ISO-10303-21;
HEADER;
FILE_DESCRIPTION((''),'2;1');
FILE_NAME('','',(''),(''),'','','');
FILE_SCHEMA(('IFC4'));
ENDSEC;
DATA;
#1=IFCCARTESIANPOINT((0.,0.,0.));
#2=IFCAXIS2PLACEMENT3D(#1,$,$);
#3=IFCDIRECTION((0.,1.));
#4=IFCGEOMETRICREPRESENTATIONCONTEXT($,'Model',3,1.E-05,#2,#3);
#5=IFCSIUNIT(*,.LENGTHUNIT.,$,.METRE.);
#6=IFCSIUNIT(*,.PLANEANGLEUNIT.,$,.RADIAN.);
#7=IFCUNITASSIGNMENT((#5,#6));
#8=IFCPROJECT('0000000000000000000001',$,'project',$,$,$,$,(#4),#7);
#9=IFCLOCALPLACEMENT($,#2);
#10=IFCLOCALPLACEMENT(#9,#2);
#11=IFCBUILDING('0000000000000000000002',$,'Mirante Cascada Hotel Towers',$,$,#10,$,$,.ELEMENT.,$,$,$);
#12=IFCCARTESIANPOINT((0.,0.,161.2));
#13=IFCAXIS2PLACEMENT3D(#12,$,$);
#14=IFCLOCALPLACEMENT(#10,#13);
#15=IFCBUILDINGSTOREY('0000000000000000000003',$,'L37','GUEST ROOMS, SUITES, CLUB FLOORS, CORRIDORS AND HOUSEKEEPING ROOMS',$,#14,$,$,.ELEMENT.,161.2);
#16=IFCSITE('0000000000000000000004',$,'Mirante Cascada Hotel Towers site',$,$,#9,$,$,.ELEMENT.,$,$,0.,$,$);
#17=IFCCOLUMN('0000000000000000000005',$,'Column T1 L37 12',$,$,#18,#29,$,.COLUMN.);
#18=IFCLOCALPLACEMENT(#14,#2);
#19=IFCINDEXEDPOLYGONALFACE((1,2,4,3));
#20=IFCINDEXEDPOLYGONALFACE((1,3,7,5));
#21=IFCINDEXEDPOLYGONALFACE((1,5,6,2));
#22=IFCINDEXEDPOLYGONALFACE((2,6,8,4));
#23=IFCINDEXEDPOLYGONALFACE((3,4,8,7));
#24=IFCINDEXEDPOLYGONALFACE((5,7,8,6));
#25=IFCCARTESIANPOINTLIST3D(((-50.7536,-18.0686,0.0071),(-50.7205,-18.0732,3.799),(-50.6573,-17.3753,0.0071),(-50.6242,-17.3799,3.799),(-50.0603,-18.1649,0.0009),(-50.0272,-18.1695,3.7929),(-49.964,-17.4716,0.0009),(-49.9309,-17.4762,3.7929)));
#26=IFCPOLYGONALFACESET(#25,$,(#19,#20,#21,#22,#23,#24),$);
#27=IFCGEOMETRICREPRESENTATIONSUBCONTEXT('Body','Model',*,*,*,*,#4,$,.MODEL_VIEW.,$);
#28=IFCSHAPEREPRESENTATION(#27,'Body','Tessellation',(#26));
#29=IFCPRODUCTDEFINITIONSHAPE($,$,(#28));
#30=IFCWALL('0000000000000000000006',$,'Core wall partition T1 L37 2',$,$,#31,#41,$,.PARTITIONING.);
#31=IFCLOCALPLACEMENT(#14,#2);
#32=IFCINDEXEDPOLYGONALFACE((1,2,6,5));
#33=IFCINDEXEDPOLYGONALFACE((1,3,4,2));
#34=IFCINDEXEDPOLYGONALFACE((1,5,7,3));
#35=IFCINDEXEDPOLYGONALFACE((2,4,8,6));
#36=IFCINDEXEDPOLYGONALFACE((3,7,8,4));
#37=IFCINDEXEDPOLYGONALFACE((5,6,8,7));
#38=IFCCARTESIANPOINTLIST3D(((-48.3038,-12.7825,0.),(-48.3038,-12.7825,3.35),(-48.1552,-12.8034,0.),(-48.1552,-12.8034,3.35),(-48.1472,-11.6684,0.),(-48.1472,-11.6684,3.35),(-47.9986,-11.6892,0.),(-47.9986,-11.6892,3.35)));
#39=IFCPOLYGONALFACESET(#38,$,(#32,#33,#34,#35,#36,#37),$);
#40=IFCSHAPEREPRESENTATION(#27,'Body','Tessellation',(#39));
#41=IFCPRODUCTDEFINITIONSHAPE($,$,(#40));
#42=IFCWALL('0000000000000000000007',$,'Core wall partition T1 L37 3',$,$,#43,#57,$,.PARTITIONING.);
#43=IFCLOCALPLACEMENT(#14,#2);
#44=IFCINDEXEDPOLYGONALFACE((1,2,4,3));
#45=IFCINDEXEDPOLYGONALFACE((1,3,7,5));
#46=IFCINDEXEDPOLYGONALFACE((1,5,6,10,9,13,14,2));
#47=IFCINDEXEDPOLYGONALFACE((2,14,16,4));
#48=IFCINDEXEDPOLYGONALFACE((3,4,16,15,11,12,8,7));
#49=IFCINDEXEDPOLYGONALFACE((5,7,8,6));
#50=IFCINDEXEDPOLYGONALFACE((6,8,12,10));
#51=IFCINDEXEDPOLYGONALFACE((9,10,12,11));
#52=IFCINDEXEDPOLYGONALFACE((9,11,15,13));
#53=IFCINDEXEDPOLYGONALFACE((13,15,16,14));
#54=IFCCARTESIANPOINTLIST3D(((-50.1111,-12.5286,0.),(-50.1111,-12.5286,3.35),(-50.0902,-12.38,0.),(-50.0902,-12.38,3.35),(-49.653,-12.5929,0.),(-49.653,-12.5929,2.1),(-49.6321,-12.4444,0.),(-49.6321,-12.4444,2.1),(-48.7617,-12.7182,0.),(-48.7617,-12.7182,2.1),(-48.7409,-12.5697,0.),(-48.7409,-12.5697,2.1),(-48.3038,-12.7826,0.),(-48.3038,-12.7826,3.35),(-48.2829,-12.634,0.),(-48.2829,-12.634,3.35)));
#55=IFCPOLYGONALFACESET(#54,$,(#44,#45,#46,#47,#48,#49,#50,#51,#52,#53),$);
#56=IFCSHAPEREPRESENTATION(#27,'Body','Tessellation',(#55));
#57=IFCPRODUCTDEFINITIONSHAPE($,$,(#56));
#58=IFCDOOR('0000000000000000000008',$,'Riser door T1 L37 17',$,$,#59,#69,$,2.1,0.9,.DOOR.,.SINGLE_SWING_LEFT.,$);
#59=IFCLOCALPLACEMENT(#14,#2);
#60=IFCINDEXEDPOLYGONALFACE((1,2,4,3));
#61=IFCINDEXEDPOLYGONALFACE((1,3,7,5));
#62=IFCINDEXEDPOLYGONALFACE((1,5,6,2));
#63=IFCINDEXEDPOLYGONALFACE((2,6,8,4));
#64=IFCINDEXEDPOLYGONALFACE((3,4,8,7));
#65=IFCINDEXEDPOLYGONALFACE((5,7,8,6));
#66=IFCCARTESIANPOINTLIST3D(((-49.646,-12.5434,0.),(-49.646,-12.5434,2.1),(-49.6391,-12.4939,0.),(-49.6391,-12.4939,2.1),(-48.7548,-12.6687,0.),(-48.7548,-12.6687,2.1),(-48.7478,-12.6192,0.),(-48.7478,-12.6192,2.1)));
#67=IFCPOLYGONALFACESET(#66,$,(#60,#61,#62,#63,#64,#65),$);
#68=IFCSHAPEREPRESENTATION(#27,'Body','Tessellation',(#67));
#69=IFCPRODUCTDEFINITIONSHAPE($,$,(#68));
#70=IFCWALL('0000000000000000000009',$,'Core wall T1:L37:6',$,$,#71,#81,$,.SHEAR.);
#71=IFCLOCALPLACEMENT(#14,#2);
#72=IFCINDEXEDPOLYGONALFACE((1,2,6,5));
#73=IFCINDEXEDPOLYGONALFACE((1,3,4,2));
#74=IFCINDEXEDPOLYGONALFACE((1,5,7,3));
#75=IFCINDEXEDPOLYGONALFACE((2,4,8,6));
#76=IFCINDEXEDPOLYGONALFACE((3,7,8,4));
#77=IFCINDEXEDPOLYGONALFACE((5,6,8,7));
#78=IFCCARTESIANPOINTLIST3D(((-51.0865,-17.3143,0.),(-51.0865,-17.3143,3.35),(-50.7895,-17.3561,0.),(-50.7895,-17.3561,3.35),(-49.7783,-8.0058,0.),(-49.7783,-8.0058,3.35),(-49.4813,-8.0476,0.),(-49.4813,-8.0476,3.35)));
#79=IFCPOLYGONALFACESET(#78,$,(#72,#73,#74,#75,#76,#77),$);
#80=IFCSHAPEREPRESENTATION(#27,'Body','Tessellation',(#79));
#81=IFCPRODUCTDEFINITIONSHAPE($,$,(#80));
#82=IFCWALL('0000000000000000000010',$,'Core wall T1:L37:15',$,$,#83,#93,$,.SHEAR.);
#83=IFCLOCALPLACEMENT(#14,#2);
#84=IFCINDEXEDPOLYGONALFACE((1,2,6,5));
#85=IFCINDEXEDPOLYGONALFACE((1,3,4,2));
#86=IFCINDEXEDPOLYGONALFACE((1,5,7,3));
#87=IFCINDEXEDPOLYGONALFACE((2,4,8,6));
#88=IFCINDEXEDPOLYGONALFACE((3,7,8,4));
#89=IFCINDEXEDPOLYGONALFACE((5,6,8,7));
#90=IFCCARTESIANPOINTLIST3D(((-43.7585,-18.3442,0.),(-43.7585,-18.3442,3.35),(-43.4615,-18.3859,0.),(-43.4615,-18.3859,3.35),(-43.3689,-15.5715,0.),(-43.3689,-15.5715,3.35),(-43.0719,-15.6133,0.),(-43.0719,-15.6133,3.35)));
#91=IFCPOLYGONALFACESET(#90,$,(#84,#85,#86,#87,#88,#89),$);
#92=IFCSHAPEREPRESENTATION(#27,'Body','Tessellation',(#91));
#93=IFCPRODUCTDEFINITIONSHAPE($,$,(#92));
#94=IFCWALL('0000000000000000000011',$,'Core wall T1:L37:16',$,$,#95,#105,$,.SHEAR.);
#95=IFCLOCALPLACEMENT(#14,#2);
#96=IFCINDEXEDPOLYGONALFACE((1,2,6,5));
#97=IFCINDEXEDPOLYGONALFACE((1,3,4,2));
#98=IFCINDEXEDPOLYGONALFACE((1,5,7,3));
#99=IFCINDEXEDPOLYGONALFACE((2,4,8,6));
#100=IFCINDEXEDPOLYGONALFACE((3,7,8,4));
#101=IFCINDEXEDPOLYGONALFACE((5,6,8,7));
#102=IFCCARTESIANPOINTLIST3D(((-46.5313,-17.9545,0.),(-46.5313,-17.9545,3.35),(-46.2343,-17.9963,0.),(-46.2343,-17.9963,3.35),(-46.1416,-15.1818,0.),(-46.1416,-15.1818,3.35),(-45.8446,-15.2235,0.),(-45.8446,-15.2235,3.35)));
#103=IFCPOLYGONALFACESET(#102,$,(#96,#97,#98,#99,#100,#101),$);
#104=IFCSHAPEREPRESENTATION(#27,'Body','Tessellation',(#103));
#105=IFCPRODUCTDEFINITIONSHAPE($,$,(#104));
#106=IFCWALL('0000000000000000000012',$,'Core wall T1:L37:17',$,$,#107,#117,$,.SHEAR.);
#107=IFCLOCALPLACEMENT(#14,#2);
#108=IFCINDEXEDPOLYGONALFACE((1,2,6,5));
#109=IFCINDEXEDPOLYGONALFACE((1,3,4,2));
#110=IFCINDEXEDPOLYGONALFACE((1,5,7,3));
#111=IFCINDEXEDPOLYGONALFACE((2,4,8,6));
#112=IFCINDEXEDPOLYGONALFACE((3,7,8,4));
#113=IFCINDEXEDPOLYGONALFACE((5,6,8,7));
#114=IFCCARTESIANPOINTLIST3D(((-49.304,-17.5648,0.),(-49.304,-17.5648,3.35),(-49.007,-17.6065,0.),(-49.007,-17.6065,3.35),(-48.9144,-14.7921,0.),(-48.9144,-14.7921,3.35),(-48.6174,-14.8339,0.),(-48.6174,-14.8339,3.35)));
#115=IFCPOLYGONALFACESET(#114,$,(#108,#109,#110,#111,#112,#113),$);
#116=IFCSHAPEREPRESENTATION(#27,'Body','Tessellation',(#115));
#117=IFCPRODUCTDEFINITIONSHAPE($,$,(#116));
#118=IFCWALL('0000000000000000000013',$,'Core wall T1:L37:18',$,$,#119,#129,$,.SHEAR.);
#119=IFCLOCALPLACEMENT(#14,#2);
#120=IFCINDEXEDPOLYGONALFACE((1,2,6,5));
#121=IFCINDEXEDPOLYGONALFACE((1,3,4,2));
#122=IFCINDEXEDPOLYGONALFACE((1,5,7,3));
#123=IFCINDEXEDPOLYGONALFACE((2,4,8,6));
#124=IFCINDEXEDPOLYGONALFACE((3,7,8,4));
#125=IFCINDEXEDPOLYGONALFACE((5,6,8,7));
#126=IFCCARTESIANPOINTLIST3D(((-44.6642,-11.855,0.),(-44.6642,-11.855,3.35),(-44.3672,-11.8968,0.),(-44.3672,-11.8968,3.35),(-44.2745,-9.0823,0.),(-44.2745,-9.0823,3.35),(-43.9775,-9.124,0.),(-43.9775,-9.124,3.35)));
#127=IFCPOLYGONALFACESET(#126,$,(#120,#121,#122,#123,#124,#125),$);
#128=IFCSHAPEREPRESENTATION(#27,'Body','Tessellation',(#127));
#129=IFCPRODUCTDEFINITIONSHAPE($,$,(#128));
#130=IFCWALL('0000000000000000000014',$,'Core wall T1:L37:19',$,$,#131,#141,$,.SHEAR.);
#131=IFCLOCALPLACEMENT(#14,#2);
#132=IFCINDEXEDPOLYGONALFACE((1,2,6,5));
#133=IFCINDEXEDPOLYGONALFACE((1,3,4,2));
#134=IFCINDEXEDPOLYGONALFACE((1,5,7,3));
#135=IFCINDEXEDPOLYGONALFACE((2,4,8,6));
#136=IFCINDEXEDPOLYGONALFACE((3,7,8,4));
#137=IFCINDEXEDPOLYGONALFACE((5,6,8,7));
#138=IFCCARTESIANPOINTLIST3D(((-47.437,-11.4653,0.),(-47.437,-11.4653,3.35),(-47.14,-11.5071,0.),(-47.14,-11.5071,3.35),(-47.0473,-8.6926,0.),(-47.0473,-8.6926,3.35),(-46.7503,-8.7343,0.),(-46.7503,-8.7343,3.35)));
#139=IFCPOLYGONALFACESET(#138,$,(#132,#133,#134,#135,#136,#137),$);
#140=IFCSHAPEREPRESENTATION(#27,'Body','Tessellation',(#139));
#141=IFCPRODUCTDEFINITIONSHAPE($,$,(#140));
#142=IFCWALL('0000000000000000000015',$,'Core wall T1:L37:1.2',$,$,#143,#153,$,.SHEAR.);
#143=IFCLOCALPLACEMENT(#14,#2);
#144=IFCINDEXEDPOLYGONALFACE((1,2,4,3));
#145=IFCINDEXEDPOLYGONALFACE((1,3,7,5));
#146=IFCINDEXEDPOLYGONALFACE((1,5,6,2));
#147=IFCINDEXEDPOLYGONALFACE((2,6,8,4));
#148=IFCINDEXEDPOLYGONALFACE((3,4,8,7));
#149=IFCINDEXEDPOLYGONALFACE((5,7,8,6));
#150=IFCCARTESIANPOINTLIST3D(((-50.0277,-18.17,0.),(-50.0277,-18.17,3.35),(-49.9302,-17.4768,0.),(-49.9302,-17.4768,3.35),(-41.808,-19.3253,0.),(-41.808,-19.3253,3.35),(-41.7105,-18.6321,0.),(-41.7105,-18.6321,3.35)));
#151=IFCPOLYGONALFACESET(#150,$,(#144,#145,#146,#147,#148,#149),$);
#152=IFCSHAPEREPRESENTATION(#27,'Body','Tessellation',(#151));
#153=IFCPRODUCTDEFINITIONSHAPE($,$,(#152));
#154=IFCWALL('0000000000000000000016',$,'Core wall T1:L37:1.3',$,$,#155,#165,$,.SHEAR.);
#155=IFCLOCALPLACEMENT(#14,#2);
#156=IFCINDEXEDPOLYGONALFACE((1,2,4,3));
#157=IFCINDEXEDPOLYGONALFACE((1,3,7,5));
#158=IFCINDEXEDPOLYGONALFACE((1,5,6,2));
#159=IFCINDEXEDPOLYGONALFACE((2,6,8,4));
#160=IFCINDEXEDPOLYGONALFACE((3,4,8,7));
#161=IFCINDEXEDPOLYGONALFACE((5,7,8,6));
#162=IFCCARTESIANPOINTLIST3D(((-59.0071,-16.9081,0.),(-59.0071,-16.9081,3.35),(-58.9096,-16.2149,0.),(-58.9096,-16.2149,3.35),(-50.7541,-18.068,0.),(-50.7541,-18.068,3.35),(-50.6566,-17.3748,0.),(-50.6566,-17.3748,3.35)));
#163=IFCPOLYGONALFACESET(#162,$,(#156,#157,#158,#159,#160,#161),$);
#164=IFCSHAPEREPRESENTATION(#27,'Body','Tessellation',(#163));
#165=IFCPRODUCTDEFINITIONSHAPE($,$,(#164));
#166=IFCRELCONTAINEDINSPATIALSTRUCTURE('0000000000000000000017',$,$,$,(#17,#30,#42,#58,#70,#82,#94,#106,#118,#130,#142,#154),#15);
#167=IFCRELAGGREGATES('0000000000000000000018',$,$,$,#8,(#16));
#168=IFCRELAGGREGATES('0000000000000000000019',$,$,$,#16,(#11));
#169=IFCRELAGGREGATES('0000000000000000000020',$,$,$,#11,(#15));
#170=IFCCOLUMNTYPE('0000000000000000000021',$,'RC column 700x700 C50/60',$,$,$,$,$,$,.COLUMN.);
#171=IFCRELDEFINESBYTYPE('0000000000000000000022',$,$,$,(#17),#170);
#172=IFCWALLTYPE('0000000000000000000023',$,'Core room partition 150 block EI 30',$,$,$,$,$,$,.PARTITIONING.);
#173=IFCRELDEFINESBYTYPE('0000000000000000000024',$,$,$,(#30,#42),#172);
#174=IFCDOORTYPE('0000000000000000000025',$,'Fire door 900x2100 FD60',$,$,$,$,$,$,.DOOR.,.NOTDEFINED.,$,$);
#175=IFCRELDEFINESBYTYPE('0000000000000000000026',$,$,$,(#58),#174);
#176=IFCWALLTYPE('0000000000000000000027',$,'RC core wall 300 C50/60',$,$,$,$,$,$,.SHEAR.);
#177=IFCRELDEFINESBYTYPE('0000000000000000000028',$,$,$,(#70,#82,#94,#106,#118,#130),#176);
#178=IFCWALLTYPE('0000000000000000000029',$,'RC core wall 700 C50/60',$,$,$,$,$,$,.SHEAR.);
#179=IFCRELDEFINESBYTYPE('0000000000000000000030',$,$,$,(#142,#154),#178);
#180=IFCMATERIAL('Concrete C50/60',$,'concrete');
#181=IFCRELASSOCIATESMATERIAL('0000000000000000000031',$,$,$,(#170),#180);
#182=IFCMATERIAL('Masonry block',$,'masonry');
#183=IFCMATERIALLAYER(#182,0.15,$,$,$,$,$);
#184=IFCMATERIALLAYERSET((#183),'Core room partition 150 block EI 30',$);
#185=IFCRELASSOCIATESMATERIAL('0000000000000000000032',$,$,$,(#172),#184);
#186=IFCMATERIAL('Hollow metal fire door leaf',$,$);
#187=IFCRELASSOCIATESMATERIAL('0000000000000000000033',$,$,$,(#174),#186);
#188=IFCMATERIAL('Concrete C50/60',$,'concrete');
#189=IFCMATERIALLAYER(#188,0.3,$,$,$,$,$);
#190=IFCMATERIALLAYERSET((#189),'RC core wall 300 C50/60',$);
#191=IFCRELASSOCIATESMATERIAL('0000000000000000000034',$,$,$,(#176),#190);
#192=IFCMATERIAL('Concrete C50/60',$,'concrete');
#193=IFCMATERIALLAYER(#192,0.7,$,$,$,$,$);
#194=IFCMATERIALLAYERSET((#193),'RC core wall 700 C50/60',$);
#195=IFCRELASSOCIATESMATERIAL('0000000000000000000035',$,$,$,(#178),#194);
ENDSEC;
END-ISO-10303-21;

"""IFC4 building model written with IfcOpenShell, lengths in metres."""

from ifc_helpers import new_model, si_unit, direction, frame, frame_2d, origin, origin_2d, place, context, subcontext, project, spatial, rectangle, extrude, material, layer, layer_set, material_profile, profile_set, type_object, element, fill, save


model = new_model("IFC4")

# Units and contexts
model_context = context("Model", 3, precision=1e-05, world=origin(), true_north=direction((0.0, 1.0)))
body_context = subcontext(model_context, "Body", "Model", "MODEL_VIEW")
ifc_project = project(units=[si_unit("LENGTHUNIT", "METRE"), si_unit("PLANEANGLEUNIT", "RADIAN")], contexts=[model_context])

# Site, building, storey
site_placement = place(None, origin())
site = spatial("IfcSite", under=ifc_project, at=site_placement, Name="Mirante Cascada Hotel Towers site", CompositionType="ELEMENT", RefElevation=0.0)
building_placement = place(site_placement, origin())
building = spatial("IfcBuilding", under=site, at=building_placement, Name="Mirante Cascada Hotel Towers", CompositionType="ELEMENT")
storey_placement = place(building_placement, frame((0.0, 0.0, 161.2)))
storey = spatial("IfcBuildingStorey", under=building, at=storey_placement, Name="L37", Description="GUEST ROOMS, SUITES, CLUB FLOORS, CORRIDORS AND HOUSEKEEPING ROOMS", CompositionType="ELEMENT", Elevation=161.2)

# Column
ifc_material_1 = material(Name="Concrete C50/60", Category="concrete")
ifc_material_profile = material_profile(ifc_material_1, rectangle(XDim=0.7, YDim=0.7, at=origin_2d()), Name="RC column 700x700 C50/60")
ifc_profile_set = profile_set([ifc_material_profile], Name="Concrete C50/60")
column_type = type_object("IfcColumnType", Name="RC column 700x700 C50/60", PredefinedType="COLUMN", material=ifc_profile_set)
column_placement = place(storey_placement, frame((-50.3588, -17.7701, 0.004), z_axis=(0.008729, -0.001213, 0.999961), x_axis=(0.13765, 0.990481, 0.0)))
element("IfcColumn", 1, at=column_placement, inside=storey, type_object=column_type, Name="Column T1 L37 12", PredefinedType="COLUMN", context=body_context, shape_type="SweptSolid", body=[
    extrude(rectangle(XDim=0.7, YDim=0.7, at=origin_2d()), origin(), (0.0, 0.0, 1.0), 3.7921),
])

# Wall
ifc_material_2 = material(Name="Masonry block", Category="masonry")
ifc_layer_1 = layer(ifc_material_2, 0.15)
ifc_layer_set_1 = layer_set([ifc_layer_1], Name="Core room partition 150 block EI 30")
wall_type_1 = type_object("IfcWallType", Name="Core room partition 150 block EI 30", PredefinedType="PARTITIONING", material=ifc_layer_set_1)
wall_1_placement = place(storey_placement, frame((-48.2295, -12.793, 0.0), z_axis=(0.0, 0.0, 1.0), x_axis=(0.139193, 0.990265, 0.0)))
element("IfcWall", 2, at=wall_1_placement, inside=storey, type_object=wall_type_1, Name="Core wall partition T1 L37 2", PredefinedType="PARTITIONING", context=body_context, shape_type="SweptSolid", body=[
    extrude(rectangle(XDim=1.1251, YDim=0.15, at=frame_2d((0.5626, 0.0))), origin(), (0.0, 0.0, 1.0), 3.35),
])

# Wall, opening, door
wall_2_placement = place(storey_placement, frame((-48.2933, -12.7083, 0.0), z_axis=(0.0, 0.0, 1.0), x_axis=(-0.990268, 0.139173, 0.0)))
wall_2 = element("IfcWall", 3, at=wall_2_placement, inside=storey, type_object=wall_type_1, Name="Core wall partition T1 L37 3", PredefinedType="PARTITIONING", context=body_context, shape_type="SweptSolid", body=[
    extrude(rectangle(XDim=1.8251, YDim=0.15, at=frame_2d((0.9126, 0.0))), origin(), (0.0, 0.0, 1.0), 3.35),
])
opening_placement = place(wall_2_placement, frame((0.4625, 0.0, 0.0)))
opening = element("IfcOpeningElement", 4, at=opening_placement, cuts=wall_2, PredefinedType="OPENING", context=body_context, shape_type="SweptSolid", body=[
    extrude(rectangle(XDim=0.9, YDim=2.1, at=frame_2d((0.45, 1.05))), frame((0.0, 0.075, 0.0), z_axis=(0.0, -1.0, 0.0), x_axis=(1.0, 0.0, 0.0)), (0.0, 0.0, 1.0), 0.15),
])
ifc_material_3 = material(Name="Hollow metal fire door leaf")
door_type = type_object("IfcDoorType", Name="Fire door 900x2100 FD60", OperationType="NOTDEFINED", PredefinedType="DOOR", material=ifc_material_3)
door_placement = place(opening_placement, origin())
door = element("IfcDoor", 5, at=door_placement, inside=storey, type_object=door_type, Name="Riser door T1 L37 17", OperationType="SINGLE_SWING_LEFT", OverallHeight=2.1, OverallWidth=0.9, PredefinedType="DOOR", context=body_context, shape_type="SweptSolid", body=[
    extrude(rectangle(XDim=0.9, YDim=2.1, at=frame_2d((0.45, 1.05))), frame((0.0, 0.025, 0.0), z_axis=(0.0, -1.0, 0.0), x_axis=(1.0, 0.0, 0.0)), (0.0, 0.0, 1.0), 0.05),
])
fill(opening, door)

# Walls
ifc_material_4 = material(Name="Concrete C50/60", Category="concrete")
ifc_layer_2 = layer(ifc_material_4, 0.3)
ifc_layer_set_2 = layer_set([ifc_layer_2], Name="RC core wall 300 C50/60")
wall_type_2 = type_object("IfcWallType", Name="RC core wall 300 C50/60", PredefinedType="SHEAR", material=ifc_layer_set_2)
wall_3_placement = place(storey_placement, frame((-50.938, -17.3352, 0.0), z_axis=(0.0, 0.0, 1.0), x_axis=(0.139171, 0.990268, 0.0)))
element("IfcWall", 6, at=wall_3_placement, inside=storey, type_object=wall_type_2, Name="Core wall T1:L37:6", PredefinedType="SHEAR", context=body_context, shape_type="SweptSolid", body=[
    extrude(rectangle(XDim=9.4, YDim=0.3, at=frame_2d((4.7, 0.0))), origin(), (0.0, 0.0, 1.0), 3.35),
])
wall_4_placement = place(storey_placement, frame((-43.61, -18.3651, 0.0), z_axis=(0.0, 0.0, 1.0), x_axis=(0.139146, 0.990272, 0.0)))
element("IfcWall", 7, at=wall_4_placement, inside=storey, type_object=wall_type_2, Name="Core wall T1:L37:15", PredefinedType="SHEAR", context=body_context, shape_type="SweptSolid", body=[
    extrude(rectangle(XDim=2.7999, YDim=0.3, at=frame_2d((1.4, 0.0))), origin(), (0.0, 0.0, 1.0), 3.35),
])
wall_5_placement = place(storey_placement, frame((-46.3828, -17.9754, 0.0), z_axis=(0.0, 0.0, 1.0), x_axis=(0.139181, 0.990267, 0.0)))
element("IfcWall", 8, at=wall_5_placement, inside=storey, type_object=wall_type_2, Name="Core wall T1:L37:16", PredefinedType="SHEAR", context=body_context, shape_type="SweptSolid", body=[
    extrude(rectangle(XDim=2.8, YDim=0.3, at=frame_2d((1.4, 0.0))), origin(), (0.0, 0.0, 1.0), 3.35),
])
wall_6_placement = place(storey_placement, frame((-49.1555, -17.5857, 0.0), z_axis=(0.0, 0.0, 1.0), x_axis=(0.139146, 0.990272, 0.0)))
element("IfcWall", 9, at=wall_6_placement, inside=storey, type_object=wall_type_2, Name="Core wall T1:L37:17", PredefinedType="SHEAR", context=body_context, shape_type="SweptSolid", body=[
    extrude(rectangle(XDim=2.7999, YDim=0.3, at=frame_2d((1.4, 0.0))), origin(), (0.0, 0.0, 1.0), 3.35),
])
for number, where, z_axis, x_axis, name in (
    (10, (-44.5157, -11.8759, 0.0), (0.0, 0.0, 1.0), (0.139181, 0.990267, 0.0), "Core wall T1:L37:18"),
    (11, (-47.2885, -11.4862, 0.0), (0.0, 0.0, 1.0), (0.139181, 0.990267, 0.0), "Core wall T1:L37:19"),
):
    element("IfcWall", number, at=place(storey_placement, frame(where, z_axis=z_axis, x_axis=x_axis)), inside=storey, type_object=wall_type_2, Name=name, PredefinedType="SHEAR", context=body_context, shape_type="SweptSolid", body=[
        extrude(rectangle(XDim=2.8, YDim=0.3, at=frame_2d((1.4, 0.0))), origin(), (0.0, 0.0, 1.0), 3.35),
    ])
ifc_material_5 = material(Name="Concrete C50/60", Category="concrete")
ifc_layer_3 = layer(ifc_material_5, 0.7)
ifc_layer_set_3 = layer_set([ifc_layer_3], Name="RC core wall 700 C50/60")
wall_type_3 = type_object("IfcWallType", Name="RC core wall 700 C50/60", PredefinedType="SHEAR", material=ifc_layer_set_3)
wall_7_placement = place(storey_placement, frame((-41.7593, -18.9787, 0.0), z_axis=(0.0, 0.0, 1.0), x_axis=(-0.990267, 0.139184, 0.0)))
element("IfcWall", 12, at=wall_7_placement, inside=storey, type_object=wall_type_3, Name="Core wall T1:L37:1.2", PredefinedType="SHEAR", context=body_context, shape_type="SweptSolid", body=[
    extrude(rectangle(XDim=8.3005, YDim=0.7, at=frame_2d((4.1502, 0.0))), origin(), (0.0, 0.0, 1.0), 3.35),
])
wall_8_placement = place(storey_placement, frame((-50.7054, -17.7214, 0.0), z_axis=(0.0, 0.0, 1.0), x_axis=(-0.990268, 0.139175, 0.0)))
element("IfcWall", 13, at=wall_8_placement, inside=storey, type_object=wall_type_3, Name="Core wall T1:L37:1.3", PredefinedType="SHEAR", context=body_context, shape_type="SweptSolid", body=[
    extrude(rectangle(XDim=8.3341, YDim=0.7, at=frame_2d((4.167, 0.0))), origin(), (0.0, 0.0, 1.0), 3.35),
])

save(model, "model.ifc")
